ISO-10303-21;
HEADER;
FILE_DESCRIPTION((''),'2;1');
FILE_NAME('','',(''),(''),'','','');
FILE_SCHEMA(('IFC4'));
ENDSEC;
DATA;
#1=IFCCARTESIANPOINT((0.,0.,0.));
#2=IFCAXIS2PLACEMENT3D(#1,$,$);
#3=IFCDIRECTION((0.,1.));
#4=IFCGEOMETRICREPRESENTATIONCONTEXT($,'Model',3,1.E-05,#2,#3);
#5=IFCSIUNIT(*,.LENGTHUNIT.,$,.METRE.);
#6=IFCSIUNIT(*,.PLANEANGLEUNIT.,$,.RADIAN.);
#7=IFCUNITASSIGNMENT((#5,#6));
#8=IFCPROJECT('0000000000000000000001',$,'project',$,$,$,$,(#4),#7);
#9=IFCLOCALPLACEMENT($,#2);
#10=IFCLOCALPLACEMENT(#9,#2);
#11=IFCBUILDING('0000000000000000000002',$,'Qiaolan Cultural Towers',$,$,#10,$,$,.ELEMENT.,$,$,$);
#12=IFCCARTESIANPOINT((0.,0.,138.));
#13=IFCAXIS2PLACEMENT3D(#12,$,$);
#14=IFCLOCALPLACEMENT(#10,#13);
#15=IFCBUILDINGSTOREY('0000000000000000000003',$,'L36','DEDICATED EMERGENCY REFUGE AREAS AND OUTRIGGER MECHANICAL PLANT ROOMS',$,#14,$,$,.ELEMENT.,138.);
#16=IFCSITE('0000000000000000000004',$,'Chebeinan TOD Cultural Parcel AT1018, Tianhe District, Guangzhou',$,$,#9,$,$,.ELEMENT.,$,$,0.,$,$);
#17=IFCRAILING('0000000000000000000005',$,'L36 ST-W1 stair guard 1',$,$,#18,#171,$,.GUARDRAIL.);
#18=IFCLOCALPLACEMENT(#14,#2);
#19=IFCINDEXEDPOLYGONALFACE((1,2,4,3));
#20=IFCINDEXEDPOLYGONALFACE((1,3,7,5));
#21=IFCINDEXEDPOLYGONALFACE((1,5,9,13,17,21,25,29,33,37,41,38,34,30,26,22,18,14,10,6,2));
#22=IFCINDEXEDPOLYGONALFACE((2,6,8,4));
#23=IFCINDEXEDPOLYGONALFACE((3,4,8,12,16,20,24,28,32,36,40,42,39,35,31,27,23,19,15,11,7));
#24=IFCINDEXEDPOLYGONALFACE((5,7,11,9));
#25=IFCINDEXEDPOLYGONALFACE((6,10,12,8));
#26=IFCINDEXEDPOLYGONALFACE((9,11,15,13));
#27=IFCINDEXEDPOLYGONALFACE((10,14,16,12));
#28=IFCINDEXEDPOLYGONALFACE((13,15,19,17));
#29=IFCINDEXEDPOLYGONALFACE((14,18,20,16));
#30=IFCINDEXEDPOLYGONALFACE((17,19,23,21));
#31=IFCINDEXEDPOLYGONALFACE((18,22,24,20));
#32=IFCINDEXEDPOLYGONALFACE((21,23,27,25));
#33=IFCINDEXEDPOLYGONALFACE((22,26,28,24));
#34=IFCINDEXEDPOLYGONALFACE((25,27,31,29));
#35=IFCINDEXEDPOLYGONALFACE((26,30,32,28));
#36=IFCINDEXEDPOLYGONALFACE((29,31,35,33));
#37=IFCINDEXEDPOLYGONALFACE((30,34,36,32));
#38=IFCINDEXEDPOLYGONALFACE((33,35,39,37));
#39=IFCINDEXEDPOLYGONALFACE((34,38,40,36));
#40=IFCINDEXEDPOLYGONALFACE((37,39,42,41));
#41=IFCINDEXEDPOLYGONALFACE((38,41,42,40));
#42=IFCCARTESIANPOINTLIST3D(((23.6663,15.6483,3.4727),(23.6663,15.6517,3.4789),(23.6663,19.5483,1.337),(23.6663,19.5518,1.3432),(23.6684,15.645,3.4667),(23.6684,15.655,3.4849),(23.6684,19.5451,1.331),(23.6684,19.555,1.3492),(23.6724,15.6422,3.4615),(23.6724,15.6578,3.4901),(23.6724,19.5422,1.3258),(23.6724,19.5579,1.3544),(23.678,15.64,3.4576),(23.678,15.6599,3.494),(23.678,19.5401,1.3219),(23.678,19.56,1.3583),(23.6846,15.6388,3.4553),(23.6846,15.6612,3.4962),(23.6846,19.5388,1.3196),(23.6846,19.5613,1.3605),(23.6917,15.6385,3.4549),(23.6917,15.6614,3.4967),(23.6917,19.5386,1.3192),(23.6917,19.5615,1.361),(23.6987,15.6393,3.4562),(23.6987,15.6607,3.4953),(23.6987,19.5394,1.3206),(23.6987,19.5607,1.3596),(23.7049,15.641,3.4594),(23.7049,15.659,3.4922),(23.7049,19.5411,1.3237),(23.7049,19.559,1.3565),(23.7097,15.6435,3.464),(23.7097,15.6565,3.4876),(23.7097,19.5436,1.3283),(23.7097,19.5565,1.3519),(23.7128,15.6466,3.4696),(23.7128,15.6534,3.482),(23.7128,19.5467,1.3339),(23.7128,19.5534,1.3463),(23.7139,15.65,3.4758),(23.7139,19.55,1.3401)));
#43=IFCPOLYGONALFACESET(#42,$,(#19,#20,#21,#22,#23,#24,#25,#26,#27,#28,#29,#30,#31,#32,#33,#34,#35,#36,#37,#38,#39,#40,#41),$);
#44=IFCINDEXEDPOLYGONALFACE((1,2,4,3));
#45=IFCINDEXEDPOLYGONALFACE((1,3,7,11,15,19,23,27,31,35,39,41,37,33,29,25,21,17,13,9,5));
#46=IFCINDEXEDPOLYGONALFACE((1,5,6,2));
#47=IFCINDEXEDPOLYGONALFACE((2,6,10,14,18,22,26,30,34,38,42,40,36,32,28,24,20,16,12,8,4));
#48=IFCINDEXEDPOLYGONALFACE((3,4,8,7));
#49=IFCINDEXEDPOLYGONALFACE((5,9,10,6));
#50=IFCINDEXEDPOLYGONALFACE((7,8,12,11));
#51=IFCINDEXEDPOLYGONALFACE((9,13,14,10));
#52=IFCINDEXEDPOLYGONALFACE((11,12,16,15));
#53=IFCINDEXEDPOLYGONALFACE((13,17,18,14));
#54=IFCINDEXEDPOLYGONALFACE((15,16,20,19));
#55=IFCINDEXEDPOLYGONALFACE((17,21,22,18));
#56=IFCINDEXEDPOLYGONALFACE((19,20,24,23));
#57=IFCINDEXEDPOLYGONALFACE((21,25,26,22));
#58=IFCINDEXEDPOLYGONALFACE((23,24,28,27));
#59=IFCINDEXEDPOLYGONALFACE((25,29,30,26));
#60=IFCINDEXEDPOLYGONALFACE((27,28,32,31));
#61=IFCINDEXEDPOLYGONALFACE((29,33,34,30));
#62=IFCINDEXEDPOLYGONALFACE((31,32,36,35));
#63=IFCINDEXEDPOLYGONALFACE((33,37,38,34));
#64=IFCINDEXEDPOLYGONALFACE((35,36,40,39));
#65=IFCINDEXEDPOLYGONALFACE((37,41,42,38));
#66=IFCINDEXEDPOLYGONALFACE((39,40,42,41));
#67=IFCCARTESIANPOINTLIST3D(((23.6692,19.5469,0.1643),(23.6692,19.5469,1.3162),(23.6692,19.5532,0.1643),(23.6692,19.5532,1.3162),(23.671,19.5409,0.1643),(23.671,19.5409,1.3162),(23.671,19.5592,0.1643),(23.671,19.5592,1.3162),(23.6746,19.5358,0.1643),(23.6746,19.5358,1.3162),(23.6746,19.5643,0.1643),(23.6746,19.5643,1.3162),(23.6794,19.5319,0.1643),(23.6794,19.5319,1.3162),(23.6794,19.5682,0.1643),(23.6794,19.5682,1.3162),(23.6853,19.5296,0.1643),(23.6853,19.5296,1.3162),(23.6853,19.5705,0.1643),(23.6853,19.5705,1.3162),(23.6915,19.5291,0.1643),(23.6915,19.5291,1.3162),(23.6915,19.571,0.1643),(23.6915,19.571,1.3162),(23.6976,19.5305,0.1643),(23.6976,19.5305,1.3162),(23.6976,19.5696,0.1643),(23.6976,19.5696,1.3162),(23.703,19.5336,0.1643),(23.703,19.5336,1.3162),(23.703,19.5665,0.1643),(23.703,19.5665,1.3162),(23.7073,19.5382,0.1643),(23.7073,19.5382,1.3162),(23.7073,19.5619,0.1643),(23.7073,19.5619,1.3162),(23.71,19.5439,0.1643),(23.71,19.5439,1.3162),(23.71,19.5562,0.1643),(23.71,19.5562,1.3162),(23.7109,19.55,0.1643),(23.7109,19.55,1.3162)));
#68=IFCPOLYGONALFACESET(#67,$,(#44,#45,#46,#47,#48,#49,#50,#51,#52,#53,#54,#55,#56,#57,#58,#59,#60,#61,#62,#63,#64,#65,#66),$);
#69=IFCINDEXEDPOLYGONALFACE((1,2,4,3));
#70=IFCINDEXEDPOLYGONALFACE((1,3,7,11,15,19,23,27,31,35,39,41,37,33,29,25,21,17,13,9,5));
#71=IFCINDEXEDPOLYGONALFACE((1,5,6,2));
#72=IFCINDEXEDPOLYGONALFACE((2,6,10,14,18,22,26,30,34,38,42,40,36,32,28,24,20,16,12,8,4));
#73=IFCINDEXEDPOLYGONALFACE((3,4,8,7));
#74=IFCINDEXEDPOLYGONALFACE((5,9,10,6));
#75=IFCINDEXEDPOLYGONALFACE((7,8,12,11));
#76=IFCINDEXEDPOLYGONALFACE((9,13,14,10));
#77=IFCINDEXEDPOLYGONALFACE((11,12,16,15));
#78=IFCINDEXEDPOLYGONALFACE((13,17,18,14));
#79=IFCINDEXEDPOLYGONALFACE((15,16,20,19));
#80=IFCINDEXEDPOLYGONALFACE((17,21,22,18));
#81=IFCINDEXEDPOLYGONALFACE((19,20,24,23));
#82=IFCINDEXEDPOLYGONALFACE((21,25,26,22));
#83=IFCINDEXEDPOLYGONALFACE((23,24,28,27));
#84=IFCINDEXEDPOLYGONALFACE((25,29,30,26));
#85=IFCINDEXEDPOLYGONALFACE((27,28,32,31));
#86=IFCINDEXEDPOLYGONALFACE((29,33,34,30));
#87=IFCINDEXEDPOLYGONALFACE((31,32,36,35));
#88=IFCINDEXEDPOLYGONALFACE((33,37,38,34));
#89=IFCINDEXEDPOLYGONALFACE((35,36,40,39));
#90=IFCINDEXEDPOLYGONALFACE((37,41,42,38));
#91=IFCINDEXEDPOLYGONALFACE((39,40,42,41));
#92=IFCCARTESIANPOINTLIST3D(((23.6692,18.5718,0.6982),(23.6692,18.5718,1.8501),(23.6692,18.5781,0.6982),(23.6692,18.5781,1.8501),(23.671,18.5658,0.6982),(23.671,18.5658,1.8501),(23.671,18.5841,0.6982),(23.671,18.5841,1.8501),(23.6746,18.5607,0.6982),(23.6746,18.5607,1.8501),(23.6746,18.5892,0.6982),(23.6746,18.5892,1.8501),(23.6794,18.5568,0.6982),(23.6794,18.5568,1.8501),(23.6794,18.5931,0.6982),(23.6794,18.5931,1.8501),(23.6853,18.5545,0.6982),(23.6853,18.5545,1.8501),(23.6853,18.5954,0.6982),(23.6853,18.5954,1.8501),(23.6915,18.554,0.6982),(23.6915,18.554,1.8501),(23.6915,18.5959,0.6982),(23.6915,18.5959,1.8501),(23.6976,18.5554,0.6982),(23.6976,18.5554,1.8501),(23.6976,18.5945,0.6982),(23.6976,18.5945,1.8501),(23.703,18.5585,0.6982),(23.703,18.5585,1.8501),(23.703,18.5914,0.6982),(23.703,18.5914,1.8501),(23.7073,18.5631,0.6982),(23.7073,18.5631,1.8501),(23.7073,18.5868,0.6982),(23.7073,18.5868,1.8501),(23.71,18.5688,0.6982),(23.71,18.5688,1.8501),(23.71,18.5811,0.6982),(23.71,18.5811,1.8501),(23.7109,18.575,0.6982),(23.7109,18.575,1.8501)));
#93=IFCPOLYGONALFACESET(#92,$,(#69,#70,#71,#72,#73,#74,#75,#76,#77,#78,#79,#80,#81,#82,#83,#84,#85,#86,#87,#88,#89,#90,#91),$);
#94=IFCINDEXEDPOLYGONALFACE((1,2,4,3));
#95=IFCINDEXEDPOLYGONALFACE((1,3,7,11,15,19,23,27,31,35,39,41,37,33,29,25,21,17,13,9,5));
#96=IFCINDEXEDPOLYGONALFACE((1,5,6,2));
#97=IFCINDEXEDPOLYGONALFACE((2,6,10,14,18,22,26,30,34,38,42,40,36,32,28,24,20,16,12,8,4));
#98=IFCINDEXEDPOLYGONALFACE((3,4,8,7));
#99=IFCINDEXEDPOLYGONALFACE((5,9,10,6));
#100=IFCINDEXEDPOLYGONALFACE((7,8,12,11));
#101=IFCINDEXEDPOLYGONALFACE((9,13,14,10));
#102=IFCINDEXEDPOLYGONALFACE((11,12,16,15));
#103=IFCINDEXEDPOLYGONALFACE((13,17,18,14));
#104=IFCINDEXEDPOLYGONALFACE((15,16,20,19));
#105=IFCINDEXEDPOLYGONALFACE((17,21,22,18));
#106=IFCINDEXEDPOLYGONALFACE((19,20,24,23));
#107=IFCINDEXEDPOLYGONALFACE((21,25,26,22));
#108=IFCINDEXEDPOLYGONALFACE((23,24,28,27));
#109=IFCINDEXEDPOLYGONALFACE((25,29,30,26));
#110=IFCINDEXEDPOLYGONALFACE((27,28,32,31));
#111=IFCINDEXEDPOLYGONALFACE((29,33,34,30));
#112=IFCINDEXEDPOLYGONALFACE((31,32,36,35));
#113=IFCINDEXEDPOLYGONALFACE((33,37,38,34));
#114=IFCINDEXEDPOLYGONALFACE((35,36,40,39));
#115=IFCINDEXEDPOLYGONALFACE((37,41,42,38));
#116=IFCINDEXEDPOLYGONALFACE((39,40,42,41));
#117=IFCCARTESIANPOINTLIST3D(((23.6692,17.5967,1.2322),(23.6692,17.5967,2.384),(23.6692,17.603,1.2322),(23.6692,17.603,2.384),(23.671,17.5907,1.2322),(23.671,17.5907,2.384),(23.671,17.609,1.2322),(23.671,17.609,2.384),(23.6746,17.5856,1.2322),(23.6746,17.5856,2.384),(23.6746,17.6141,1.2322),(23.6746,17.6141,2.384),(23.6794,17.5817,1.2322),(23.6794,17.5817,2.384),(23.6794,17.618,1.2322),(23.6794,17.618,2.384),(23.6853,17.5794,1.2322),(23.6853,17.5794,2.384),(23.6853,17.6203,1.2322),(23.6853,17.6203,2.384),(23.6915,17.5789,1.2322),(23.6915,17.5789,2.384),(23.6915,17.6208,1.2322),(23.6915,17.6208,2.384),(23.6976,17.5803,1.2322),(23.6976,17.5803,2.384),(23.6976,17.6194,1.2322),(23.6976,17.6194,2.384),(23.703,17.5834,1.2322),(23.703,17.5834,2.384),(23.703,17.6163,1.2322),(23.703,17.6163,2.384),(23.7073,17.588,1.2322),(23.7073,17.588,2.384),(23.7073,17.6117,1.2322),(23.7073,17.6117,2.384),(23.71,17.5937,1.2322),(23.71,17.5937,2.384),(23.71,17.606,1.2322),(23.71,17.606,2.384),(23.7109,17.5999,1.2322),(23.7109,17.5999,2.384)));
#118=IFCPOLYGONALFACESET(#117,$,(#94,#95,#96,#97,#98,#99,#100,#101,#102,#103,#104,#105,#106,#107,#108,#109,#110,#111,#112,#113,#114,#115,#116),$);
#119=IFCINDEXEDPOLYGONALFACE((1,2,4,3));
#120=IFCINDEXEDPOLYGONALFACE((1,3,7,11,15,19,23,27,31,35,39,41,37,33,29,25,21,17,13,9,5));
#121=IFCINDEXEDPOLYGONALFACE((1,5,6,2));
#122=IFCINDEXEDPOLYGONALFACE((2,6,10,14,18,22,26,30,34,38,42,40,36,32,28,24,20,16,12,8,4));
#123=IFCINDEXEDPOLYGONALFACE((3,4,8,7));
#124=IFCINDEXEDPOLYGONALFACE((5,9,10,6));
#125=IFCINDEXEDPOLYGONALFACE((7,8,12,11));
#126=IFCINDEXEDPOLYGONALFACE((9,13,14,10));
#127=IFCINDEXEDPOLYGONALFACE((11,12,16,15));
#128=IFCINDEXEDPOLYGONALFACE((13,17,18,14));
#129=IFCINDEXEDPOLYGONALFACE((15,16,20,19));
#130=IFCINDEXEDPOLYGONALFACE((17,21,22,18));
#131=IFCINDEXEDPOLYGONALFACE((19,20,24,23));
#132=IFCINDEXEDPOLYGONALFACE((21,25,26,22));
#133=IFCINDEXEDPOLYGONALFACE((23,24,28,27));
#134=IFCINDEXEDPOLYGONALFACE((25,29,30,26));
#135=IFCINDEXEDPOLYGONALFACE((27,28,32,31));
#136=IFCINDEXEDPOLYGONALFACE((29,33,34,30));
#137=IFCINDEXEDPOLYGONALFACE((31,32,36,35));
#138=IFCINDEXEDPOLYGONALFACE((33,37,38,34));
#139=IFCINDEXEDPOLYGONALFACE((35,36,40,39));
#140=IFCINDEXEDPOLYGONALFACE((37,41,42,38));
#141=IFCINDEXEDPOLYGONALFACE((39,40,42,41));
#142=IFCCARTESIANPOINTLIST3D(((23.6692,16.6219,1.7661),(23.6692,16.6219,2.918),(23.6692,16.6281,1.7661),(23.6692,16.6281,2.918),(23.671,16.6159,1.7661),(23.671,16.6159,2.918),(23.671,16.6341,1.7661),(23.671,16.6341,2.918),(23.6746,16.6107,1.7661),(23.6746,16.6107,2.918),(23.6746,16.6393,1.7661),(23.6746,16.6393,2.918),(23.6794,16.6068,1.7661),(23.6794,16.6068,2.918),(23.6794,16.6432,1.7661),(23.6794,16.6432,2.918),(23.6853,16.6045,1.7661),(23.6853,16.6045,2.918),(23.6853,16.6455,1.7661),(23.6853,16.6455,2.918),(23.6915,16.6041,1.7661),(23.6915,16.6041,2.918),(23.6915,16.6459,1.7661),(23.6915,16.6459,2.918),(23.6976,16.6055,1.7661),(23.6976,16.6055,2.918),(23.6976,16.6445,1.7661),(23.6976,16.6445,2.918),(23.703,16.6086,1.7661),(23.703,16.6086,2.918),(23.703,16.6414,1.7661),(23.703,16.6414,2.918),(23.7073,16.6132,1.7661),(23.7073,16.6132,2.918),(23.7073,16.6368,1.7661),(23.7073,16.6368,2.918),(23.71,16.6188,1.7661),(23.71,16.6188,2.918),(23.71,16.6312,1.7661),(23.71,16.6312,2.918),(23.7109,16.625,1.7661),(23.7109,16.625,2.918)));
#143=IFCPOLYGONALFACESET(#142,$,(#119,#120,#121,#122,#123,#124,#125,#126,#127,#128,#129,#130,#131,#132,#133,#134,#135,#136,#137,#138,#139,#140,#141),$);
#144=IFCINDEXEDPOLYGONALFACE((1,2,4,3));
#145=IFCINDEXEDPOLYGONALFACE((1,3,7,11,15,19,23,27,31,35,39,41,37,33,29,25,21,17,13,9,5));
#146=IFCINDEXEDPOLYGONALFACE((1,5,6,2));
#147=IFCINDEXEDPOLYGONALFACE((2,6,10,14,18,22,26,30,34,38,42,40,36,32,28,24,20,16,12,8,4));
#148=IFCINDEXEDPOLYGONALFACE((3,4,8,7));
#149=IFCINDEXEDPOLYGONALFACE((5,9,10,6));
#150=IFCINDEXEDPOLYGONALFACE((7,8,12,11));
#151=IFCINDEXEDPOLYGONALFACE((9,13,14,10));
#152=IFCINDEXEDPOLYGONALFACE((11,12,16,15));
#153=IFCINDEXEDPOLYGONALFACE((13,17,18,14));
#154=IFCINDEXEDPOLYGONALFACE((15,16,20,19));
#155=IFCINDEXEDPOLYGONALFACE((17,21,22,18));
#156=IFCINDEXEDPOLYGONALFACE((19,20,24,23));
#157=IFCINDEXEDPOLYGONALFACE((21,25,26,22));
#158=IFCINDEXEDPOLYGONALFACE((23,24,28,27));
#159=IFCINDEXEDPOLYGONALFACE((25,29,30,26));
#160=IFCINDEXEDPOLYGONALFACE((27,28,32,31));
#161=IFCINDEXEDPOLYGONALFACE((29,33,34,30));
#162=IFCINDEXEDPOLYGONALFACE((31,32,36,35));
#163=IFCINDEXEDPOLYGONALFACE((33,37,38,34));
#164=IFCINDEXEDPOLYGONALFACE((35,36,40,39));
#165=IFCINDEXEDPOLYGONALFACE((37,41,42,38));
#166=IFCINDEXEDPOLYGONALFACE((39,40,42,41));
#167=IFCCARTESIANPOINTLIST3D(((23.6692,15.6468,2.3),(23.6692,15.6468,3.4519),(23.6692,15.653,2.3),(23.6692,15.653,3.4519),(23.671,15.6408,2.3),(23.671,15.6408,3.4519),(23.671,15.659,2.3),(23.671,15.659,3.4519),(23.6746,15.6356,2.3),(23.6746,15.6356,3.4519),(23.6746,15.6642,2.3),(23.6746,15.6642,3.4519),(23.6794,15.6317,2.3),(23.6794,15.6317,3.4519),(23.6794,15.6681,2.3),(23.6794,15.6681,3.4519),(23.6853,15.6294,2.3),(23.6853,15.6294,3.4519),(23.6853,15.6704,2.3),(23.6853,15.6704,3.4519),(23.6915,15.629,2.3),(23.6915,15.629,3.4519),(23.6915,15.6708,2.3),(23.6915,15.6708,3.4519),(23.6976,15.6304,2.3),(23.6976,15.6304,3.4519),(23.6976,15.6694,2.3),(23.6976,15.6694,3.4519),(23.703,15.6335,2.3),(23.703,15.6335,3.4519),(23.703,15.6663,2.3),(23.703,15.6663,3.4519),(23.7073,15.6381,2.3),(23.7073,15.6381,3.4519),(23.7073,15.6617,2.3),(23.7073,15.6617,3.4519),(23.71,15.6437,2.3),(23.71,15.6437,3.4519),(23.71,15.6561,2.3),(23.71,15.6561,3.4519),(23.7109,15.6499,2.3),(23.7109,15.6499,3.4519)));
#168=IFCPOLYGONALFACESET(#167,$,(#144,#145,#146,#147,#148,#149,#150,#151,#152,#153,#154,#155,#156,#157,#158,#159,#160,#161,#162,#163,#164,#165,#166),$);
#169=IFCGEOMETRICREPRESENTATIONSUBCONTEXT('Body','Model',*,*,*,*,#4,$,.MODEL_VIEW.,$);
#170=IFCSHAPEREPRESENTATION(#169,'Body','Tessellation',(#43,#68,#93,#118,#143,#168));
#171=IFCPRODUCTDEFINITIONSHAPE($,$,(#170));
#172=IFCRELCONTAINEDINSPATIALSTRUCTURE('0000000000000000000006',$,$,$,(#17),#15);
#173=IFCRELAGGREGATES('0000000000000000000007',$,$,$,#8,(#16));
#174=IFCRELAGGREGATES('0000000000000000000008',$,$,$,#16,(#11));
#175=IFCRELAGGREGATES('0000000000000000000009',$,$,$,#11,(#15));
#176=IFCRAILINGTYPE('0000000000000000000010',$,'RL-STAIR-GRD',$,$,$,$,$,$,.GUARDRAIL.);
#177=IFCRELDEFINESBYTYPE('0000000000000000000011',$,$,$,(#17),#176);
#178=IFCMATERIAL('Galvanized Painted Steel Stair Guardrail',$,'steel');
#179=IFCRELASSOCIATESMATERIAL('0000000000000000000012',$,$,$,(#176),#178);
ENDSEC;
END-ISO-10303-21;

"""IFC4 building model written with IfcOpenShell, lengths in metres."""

from ifc_helpers import new_model, si_unit, direction, frame, origin, origin_2d, place, context, subcontext, project, spatial, circle, extrude, material, type_object, element, save


model = new_model("IFC4")

# Units and contexts
model_context = context("Model", 3, precision=1e-05, world=origin(), true_north=direction((0.0, 1.0)))
body_context = subcontext(model_context, "Body", "Model", "MODEL_VIEW")
ifc_project = project(units=[si_unit("LENGTHUNIT", "METRE"), si_unit("PLANEANGLEUNIT", "RADIAN")], contexts=[model_context])

# Site, building, storey
site_placement = place(None, origin())
site = spatial("IfcSite", under=ifc_project, at=site_placement, Name="Chebeinan TOD Cultural Parcel AT1018, Tianhe District, Guangzhou", CompositionType="ELEMENT", RefElevation=0.0)
building_placement = place(site_placement, origin())
building = spatial("IfcBuilding", under=site, at=building_placement, Name="Qiaolan Cultural Towers", CompositionType="ELEMENT")
storey_placement = place(building_placement, frame((0.0, 0.0, 138.0)))
storey = spatial("IfcBuildingStorey", under=building, at=storey_placement, Name="L36", Description="DEDICATED EMERGENCY REFUGE AREAS AND OUTRIGGER MECHANICAL PLANT ROOMS", CompositionType="ELEMENT", Elevation=138.0)

# Railing
ifc_material_1 = material(Name="Galvanized Painted Steel Stair Guardrail", Category="steel")
railing_type = type_object("IfcRailingType", Name="RL-STAIR-GRD", PredefinedType="GUARDRAIL", material=ifc_material_1)
railing_1_placement = place(storey_placement, frame((23.6899, 19.55, 0.1643)))
element("IfcRailing", 1, at=railing_1_placement, inside=storey, type_object=railing_type, Name="L36 ST-W1 stair guard 1", PredefinedType="GUARDRAIL", context=body_context, shape_type="SweptSolid", body=[
    extrude(circle(Radius=0.0239, at=origin_2d()), frame((0.0, 0.0, 1.1758), z_axis=(0.0, -0.877101, 0.480306), x_axis=(1.0, 0.0, 0.0)), (0.0, 0.0, 1.0), 4.4465),
    extrude(circle(Radius=0.021, at=origin_2d()), origin(), (0.0, 0.0, 1.0), 1.1519),
    extrude(circle(Radius=0.021, at=origin_2d()), frame((0.0, -0.9751, 0.5339)), (0.0, 0.0, 1.0), 1.1519),
    extrude(circle(Radius=0.021, at=origin_2d()), frame((0.0, -1.9502, 1.0679)), (0.0, 0.0, 1.0), 1.1519),
    extrude(circle(Radius=0.021, at=origin_2d()), frame((0.0, -2.925, 1.6018)), (0.0, 0.0, 1.0), 1.1519),
    extrude(circle(Radius=0.021, at=origin_2d()), frame((0.0, -3.9001, 2.1357)), (0.0, 0.0, 1.0), 1.1519),
])

save(model, "model.ifc")
